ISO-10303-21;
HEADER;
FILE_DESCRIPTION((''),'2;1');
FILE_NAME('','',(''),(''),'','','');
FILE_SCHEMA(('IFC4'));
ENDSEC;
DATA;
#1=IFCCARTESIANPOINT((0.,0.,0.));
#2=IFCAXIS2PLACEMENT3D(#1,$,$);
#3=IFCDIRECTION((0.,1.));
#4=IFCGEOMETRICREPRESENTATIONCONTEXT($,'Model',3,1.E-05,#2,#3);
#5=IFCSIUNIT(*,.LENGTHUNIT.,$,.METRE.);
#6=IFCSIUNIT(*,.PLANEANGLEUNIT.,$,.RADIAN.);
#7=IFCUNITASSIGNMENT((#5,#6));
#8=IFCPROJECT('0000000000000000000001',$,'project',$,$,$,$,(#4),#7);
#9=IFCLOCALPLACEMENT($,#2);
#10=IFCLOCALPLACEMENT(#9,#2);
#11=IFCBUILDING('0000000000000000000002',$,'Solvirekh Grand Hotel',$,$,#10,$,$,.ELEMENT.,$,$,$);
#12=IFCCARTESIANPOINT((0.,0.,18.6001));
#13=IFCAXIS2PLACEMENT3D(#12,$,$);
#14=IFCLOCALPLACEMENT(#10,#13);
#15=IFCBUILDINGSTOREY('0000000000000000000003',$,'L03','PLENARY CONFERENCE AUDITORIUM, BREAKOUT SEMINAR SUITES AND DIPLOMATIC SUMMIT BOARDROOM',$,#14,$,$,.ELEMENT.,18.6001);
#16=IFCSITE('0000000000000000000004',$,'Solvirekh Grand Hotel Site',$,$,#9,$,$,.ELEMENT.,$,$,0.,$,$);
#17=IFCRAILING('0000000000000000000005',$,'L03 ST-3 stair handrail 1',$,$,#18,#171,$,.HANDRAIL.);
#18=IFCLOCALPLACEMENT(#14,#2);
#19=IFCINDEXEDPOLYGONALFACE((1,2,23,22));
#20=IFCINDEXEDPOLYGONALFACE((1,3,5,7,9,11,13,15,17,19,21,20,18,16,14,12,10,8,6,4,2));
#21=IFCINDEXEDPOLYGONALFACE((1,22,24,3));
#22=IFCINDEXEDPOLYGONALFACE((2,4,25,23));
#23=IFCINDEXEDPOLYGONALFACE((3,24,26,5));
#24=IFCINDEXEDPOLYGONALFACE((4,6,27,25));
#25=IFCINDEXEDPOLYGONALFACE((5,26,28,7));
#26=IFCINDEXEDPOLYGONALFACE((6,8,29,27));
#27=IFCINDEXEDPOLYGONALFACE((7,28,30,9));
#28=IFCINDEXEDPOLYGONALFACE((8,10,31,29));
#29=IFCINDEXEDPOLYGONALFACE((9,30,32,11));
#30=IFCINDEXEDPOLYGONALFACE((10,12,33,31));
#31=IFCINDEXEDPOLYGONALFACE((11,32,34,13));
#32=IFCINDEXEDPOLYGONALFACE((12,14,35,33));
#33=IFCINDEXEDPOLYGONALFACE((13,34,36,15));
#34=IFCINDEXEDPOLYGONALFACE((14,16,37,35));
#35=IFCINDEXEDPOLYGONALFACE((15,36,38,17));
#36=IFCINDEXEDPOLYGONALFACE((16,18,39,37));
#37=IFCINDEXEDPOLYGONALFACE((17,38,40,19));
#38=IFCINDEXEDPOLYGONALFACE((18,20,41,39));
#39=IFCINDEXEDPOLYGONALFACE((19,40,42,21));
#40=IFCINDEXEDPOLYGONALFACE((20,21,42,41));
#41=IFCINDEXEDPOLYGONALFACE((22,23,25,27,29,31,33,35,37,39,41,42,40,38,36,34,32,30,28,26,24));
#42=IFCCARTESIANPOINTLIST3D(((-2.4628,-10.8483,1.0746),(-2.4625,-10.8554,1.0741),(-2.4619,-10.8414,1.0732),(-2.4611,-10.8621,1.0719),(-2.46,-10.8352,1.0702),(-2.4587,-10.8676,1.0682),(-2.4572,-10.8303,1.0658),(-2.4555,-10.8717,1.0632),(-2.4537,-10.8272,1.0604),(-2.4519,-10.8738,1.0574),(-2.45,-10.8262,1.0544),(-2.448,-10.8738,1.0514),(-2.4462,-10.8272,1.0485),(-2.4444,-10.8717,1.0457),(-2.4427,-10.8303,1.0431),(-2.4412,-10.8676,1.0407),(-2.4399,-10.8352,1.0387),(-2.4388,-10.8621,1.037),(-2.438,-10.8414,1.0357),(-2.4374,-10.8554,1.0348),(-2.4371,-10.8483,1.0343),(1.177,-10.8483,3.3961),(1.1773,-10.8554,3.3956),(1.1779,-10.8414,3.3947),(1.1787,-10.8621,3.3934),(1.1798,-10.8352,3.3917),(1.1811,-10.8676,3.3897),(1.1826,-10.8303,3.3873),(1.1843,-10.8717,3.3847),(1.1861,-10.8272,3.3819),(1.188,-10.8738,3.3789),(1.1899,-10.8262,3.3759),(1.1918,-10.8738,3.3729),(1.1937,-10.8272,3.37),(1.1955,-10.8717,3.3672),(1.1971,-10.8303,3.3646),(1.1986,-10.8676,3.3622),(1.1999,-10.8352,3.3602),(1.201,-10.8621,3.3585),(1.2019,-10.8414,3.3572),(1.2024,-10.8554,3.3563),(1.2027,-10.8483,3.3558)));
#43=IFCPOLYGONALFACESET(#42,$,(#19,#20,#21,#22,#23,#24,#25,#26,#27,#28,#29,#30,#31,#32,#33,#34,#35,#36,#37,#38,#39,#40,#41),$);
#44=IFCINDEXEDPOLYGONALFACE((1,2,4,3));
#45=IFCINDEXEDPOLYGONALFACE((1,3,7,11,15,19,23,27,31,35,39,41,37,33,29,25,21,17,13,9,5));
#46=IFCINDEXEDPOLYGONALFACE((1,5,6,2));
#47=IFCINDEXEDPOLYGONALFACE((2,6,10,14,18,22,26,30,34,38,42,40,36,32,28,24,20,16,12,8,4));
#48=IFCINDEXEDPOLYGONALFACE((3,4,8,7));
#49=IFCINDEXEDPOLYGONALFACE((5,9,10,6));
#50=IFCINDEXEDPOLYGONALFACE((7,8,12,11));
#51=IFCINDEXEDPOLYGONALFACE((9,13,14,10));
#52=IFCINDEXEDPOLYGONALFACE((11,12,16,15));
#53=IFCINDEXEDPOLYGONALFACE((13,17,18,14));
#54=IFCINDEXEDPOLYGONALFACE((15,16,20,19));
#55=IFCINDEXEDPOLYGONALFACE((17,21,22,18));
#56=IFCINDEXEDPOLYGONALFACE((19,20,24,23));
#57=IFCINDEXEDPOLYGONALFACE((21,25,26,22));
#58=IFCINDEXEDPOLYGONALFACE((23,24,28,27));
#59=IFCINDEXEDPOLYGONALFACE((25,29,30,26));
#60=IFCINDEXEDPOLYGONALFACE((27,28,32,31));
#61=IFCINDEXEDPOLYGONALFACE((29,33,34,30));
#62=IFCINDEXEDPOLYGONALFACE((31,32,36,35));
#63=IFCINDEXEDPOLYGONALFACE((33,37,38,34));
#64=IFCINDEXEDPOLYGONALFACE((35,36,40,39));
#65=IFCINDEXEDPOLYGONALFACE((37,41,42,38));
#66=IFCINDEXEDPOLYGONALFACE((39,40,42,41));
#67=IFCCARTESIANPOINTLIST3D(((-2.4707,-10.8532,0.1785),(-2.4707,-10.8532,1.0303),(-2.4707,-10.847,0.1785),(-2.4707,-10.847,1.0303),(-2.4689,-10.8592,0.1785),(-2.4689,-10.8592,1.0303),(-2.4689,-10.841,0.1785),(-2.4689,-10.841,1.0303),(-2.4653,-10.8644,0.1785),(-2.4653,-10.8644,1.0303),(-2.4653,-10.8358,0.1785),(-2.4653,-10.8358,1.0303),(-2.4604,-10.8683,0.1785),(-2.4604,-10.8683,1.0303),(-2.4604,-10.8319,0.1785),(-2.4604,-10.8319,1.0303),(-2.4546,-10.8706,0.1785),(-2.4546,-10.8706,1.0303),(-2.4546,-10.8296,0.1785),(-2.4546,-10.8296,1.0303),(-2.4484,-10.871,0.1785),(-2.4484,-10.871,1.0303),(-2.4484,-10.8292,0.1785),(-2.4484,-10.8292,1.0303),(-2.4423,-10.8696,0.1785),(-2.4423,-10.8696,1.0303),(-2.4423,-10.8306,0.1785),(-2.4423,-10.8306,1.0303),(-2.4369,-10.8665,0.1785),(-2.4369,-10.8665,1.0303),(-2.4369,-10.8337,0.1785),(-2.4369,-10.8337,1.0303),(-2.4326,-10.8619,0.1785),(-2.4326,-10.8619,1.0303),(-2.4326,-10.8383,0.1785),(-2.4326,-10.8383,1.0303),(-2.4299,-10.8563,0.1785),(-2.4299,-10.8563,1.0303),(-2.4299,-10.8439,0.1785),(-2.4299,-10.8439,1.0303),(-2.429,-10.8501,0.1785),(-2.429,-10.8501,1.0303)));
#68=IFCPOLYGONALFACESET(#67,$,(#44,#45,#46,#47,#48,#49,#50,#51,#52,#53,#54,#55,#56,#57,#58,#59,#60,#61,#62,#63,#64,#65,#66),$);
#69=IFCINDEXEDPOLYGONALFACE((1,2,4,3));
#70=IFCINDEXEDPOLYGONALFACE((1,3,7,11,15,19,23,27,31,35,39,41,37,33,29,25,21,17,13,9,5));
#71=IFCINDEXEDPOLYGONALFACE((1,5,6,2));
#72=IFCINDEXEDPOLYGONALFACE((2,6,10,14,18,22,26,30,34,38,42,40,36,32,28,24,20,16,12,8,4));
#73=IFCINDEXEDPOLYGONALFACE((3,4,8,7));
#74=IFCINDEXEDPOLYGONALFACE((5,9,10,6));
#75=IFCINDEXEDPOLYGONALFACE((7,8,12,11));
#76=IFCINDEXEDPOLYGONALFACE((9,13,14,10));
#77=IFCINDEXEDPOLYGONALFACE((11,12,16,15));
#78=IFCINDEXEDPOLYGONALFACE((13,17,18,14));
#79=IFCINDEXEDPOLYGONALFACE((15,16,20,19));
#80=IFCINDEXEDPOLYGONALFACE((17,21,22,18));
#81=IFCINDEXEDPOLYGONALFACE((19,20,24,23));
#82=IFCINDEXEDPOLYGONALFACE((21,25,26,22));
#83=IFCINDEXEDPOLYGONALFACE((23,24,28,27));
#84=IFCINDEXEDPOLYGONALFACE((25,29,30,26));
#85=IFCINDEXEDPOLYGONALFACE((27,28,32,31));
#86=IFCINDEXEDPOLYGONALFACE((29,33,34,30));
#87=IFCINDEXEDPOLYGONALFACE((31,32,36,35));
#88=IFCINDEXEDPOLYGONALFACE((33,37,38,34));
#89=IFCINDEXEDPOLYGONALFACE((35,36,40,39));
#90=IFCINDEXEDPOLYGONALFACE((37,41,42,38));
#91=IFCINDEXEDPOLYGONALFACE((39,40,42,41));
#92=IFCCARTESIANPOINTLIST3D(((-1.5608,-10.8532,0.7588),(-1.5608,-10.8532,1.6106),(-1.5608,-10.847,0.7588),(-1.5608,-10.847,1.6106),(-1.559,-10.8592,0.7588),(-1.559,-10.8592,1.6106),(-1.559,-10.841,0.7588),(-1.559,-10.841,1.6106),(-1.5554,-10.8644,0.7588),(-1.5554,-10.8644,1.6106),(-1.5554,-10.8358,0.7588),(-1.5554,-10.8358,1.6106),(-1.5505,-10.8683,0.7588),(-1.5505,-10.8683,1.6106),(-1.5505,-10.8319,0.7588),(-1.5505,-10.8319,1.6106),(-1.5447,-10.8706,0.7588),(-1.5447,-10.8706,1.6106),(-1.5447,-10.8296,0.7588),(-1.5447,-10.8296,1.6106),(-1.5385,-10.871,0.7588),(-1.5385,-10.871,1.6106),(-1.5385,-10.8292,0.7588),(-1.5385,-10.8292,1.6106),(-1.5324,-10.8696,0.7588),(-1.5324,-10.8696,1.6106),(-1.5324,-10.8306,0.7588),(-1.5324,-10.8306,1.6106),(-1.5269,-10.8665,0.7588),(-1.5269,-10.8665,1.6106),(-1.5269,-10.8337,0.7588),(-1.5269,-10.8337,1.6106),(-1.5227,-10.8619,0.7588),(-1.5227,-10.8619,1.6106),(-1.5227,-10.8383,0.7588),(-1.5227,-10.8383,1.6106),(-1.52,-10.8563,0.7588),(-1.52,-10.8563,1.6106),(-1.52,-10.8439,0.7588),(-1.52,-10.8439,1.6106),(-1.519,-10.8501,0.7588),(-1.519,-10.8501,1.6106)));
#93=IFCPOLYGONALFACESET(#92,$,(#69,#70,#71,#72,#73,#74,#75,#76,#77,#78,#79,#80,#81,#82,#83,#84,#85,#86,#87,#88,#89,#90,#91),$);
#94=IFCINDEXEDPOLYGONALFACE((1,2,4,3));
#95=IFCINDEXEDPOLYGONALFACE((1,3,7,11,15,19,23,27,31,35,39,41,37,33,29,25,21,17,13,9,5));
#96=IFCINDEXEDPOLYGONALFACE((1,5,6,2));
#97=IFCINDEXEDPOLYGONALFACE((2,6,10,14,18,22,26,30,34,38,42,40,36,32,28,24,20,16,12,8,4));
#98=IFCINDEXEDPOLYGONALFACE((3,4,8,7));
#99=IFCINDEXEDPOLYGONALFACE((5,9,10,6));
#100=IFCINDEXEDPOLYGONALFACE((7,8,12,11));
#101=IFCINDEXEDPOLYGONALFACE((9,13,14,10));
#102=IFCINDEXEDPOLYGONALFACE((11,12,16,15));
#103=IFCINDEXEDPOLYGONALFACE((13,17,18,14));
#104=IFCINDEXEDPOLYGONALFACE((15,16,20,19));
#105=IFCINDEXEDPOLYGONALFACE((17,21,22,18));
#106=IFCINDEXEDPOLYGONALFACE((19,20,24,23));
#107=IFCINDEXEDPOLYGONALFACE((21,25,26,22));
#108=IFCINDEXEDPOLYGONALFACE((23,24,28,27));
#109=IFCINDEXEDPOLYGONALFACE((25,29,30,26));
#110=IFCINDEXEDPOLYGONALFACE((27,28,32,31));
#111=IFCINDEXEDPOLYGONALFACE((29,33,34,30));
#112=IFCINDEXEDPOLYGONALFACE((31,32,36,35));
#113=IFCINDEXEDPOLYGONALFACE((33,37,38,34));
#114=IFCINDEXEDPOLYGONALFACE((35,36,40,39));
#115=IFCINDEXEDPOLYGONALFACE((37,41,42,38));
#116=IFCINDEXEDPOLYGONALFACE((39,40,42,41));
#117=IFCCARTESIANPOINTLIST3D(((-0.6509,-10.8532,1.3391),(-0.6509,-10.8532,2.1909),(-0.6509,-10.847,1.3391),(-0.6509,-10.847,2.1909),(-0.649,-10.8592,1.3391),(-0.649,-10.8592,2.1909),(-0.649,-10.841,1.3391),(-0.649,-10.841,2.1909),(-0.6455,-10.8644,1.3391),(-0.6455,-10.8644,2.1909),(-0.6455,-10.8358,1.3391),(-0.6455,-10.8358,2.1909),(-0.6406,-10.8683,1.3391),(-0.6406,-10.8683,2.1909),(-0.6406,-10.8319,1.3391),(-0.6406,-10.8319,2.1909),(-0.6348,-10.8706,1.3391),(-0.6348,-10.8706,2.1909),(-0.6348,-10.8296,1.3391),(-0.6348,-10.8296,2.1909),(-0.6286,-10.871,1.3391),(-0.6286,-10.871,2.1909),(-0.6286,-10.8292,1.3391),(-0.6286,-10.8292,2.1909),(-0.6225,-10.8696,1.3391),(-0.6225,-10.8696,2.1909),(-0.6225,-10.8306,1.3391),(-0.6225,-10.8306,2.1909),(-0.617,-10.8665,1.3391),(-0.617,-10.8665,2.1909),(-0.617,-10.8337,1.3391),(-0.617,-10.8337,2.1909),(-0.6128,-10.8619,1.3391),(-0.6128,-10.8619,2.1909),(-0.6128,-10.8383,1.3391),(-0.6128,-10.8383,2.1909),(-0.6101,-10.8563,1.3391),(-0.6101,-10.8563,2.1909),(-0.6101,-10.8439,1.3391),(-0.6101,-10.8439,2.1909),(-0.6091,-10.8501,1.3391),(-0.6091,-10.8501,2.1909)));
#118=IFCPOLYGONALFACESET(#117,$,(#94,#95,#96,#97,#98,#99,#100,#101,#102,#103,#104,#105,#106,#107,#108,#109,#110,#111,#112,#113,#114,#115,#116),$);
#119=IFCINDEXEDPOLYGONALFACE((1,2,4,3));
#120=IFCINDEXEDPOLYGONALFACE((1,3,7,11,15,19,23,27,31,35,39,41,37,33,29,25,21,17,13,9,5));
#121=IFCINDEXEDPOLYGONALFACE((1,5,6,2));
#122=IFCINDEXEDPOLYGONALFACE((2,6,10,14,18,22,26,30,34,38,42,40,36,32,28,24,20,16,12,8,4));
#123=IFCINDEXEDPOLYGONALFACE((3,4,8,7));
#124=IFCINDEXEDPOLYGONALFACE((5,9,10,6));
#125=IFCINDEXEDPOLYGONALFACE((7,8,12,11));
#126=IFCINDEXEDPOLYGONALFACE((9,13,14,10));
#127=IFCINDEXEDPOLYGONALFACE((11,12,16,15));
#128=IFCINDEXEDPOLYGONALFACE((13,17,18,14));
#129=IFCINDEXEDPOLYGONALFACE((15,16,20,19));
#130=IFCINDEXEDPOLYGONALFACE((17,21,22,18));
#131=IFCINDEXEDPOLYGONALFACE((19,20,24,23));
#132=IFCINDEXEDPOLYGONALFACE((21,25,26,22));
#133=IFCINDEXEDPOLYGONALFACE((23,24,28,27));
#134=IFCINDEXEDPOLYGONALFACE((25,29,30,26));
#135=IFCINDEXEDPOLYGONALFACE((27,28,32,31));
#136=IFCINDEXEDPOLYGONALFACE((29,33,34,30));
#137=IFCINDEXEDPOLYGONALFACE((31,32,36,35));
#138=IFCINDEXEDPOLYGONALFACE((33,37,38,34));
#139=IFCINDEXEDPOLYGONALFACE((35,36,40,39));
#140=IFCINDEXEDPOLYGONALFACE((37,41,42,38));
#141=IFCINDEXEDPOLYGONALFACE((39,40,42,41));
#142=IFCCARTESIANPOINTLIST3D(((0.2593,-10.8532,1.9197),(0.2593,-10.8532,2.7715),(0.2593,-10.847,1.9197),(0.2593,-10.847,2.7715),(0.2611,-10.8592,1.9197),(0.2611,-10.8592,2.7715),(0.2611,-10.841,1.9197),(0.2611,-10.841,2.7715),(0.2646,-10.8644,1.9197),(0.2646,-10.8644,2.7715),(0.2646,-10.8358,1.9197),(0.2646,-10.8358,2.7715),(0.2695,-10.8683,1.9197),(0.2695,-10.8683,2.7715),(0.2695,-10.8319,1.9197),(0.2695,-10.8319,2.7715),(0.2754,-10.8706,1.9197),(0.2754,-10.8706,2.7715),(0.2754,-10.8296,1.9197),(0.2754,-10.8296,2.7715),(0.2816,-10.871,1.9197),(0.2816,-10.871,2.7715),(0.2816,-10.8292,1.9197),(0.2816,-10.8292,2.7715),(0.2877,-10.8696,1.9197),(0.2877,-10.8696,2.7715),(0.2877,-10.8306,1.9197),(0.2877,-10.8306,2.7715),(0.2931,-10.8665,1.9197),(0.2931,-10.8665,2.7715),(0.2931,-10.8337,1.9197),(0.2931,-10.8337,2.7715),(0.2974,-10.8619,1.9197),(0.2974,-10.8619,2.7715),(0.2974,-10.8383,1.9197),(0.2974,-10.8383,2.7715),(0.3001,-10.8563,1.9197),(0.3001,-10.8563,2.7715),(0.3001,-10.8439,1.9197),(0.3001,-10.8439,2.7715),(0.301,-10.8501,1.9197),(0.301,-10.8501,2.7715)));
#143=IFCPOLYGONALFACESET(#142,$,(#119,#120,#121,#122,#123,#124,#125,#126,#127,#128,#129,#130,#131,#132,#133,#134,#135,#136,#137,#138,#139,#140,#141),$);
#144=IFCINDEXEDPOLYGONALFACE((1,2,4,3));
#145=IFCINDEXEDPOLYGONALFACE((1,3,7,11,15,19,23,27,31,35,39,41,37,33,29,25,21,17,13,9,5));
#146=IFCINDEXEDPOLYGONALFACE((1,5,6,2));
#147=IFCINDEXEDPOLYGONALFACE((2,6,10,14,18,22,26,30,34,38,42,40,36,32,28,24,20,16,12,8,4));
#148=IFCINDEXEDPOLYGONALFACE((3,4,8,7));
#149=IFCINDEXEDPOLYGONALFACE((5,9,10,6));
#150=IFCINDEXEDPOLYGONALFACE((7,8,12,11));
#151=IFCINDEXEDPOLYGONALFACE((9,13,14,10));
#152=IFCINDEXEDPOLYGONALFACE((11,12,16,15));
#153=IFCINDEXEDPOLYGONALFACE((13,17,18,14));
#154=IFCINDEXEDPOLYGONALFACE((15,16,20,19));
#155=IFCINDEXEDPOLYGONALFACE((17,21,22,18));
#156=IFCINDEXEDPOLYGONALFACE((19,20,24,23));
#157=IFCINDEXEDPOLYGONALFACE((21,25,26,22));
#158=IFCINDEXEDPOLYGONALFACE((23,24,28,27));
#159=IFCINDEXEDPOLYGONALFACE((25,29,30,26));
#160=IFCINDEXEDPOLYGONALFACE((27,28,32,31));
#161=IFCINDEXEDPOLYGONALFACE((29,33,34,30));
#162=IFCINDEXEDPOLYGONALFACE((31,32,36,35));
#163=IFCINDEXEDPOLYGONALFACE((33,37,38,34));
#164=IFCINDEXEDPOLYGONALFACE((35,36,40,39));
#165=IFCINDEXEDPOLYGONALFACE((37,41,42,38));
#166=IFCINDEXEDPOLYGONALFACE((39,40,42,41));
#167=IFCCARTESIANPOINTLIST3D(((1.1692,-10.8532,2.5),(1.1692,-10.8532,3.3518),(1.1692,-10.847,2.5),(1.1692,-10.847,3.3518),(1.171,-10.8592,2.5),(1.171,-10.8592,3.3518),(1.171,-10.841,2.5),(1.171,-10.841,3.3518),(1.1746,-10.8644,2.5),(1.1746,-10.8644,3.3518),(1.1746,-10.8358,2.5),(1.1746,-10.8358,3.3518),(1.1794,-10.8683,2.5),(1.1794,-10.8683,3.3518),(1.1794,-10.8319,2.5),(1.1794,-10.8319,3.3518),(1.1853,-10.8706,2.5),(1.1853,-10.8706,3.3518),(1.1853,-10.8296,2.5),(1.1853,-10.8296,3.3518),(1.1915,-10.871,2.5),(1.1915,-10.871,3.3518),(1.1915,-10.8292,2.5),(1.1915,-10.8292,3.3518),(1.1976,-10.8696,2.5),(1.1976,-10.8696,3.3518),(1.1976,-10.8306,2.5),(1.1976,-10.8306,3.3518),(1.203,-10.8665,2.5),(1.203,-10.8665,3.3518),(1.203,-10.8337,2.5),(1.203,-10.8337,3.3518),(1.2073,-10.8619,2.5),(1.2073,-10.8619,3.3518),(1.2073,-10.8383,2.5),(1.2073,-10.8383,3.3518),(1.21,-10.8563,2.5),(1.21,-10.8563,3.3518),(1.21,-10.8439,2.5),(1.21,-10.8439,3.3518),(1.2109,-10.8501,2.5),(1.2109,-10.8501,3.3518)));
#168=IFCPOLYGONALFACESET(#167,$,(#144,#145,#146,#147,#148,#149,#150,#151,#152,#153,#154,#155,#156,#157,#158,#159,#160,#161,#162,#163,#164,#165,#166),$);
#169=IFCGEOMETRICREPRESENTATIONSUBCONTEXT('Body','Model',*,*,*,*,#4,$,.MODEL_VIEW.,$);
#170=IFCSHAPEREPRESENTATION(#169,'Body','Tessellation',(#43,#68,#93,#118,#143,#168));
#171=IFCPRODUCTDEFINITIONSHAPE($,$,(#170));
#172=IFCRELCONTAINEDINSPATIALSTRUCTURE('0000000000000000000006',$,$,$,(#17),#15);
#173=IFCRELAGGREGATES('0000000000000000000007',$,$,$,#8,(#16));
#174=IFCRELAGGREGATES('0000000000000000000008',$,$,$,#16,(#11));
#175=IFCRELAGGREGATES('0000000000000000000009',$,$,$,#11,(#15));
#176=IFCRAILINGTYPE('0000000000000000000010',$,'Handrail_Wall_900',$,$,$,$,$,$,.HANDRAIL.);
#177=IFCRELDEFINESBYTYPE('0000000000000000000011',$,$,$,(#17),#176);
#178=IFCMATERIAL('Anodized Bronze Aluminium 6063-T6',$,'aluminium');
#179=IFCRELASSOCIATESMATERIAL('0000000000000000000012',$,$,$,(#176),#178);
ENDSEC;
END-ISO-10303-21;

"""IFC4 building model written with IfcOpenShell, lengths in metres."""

from ifc_helpers import new_model, si_unit, direction, frame, origin, origin_2d, place, context, subcontext, project, spatial, circle, extrude, material, type_object, element, save


model = new_model("IFC4")

# Units and contexts
model_context = context("Model", 3, precision=1e-05, world=origin(), true_north=direction((0.0, 1.0)))
body_context = subcontext(model_context, "Body", "Model", "MODEL_VIEW")
ifc_project = project(units=[si_unit("LENGTHUNIT", "METRE"), si_unit("PLANEANGLEUNIT", "RADIAN")], contexts=[model_context])

# Site, building, storey
site_placement = place(None, origin())
site = spatial("IfcSite", under=ifc_project, at=site_placement, Name="Solvirekh Grand Hotel Site", CompositionType="ELEMENT", RefElevation=0.0)
building_placement = place(site_placement, origin())
building = spatial("IfcBuilding", under=site, at=building_placement, Name="Solvirekh Grand Hotel", CompositionType="ELEMENT")
storey_placement = place(building_placement, frame((0.0, 0.0, 18.6001)))
storey = spatial("IfcBuildingStorey", under=building, at=storey_placement, Name="L03", Description="PLENARY CONFERENCE AUDITORIUM, BREAKOUT SEMINAR SUITES AND DIPLOMATIC SUMMIT BOARDROOM", CompositionType="ELEMENT", Elevation=18.6001)

# Shared definitions
ifc_material_1 = material(Name="Anodized Bronze Aluminium 6063-T6", Category="aluminium")

# Railing
railing_type_1 = type_object("IfcRailingType", Name="Handrail_Wall_900", PredefinedType="HANDRAIL", material=ifc_material_1)
railing_1_placement = place(storey_placement, frame((-2.45, -10.8501, 0.1785)))
element("IfcRailing", 1, at=railing_1_placement, inside=storey, type_object=railing_type_1, Name="L03 ST-3 stair handrail 1", PredefinedType="HANDRAIL", context=body_context, shape_type="SweptSolid", body=[
    extrude(circle(Radius=0.0239, at=origin_2d()), frame((0.0, 0.0, 0.876), z_axis=(0.843112, 0.0, 0.537739), x_axis=(0.0, 1.0, 0.0)), (0.0, 0.0, 1.0), 4.3171),
    extrude(circle(Radius=0.021, at=origin_2d()), origin(), (0.0, 0.0, 1.0), 0.8518),
    extrude(circle(Radius=0.021, at=origin_2d()), frame((0.9099, 0.0, 0.5803)), (0.0, 0.0, 1.0), 0.8518),
    extrude(circle(Radius=0.021, at=origin_2d()), frame((1.8198, 0.0, 1.1606)), (0.0, 0.0, 1.0), 0.8518),
    extrude(circle(Radius=0.021, at=origin_2d()), frame((2.73, 0.0, 1.7412)), (0.0, 0.0, 1.0), 0.8518),
    extrude(circle(Radius=0.021, at=origin_2d()), frame((3.6399, 0.0, 2.3215)), (0.0, 0.0, 1.0), 0.8518),
])

save(model, "model.ifc")
